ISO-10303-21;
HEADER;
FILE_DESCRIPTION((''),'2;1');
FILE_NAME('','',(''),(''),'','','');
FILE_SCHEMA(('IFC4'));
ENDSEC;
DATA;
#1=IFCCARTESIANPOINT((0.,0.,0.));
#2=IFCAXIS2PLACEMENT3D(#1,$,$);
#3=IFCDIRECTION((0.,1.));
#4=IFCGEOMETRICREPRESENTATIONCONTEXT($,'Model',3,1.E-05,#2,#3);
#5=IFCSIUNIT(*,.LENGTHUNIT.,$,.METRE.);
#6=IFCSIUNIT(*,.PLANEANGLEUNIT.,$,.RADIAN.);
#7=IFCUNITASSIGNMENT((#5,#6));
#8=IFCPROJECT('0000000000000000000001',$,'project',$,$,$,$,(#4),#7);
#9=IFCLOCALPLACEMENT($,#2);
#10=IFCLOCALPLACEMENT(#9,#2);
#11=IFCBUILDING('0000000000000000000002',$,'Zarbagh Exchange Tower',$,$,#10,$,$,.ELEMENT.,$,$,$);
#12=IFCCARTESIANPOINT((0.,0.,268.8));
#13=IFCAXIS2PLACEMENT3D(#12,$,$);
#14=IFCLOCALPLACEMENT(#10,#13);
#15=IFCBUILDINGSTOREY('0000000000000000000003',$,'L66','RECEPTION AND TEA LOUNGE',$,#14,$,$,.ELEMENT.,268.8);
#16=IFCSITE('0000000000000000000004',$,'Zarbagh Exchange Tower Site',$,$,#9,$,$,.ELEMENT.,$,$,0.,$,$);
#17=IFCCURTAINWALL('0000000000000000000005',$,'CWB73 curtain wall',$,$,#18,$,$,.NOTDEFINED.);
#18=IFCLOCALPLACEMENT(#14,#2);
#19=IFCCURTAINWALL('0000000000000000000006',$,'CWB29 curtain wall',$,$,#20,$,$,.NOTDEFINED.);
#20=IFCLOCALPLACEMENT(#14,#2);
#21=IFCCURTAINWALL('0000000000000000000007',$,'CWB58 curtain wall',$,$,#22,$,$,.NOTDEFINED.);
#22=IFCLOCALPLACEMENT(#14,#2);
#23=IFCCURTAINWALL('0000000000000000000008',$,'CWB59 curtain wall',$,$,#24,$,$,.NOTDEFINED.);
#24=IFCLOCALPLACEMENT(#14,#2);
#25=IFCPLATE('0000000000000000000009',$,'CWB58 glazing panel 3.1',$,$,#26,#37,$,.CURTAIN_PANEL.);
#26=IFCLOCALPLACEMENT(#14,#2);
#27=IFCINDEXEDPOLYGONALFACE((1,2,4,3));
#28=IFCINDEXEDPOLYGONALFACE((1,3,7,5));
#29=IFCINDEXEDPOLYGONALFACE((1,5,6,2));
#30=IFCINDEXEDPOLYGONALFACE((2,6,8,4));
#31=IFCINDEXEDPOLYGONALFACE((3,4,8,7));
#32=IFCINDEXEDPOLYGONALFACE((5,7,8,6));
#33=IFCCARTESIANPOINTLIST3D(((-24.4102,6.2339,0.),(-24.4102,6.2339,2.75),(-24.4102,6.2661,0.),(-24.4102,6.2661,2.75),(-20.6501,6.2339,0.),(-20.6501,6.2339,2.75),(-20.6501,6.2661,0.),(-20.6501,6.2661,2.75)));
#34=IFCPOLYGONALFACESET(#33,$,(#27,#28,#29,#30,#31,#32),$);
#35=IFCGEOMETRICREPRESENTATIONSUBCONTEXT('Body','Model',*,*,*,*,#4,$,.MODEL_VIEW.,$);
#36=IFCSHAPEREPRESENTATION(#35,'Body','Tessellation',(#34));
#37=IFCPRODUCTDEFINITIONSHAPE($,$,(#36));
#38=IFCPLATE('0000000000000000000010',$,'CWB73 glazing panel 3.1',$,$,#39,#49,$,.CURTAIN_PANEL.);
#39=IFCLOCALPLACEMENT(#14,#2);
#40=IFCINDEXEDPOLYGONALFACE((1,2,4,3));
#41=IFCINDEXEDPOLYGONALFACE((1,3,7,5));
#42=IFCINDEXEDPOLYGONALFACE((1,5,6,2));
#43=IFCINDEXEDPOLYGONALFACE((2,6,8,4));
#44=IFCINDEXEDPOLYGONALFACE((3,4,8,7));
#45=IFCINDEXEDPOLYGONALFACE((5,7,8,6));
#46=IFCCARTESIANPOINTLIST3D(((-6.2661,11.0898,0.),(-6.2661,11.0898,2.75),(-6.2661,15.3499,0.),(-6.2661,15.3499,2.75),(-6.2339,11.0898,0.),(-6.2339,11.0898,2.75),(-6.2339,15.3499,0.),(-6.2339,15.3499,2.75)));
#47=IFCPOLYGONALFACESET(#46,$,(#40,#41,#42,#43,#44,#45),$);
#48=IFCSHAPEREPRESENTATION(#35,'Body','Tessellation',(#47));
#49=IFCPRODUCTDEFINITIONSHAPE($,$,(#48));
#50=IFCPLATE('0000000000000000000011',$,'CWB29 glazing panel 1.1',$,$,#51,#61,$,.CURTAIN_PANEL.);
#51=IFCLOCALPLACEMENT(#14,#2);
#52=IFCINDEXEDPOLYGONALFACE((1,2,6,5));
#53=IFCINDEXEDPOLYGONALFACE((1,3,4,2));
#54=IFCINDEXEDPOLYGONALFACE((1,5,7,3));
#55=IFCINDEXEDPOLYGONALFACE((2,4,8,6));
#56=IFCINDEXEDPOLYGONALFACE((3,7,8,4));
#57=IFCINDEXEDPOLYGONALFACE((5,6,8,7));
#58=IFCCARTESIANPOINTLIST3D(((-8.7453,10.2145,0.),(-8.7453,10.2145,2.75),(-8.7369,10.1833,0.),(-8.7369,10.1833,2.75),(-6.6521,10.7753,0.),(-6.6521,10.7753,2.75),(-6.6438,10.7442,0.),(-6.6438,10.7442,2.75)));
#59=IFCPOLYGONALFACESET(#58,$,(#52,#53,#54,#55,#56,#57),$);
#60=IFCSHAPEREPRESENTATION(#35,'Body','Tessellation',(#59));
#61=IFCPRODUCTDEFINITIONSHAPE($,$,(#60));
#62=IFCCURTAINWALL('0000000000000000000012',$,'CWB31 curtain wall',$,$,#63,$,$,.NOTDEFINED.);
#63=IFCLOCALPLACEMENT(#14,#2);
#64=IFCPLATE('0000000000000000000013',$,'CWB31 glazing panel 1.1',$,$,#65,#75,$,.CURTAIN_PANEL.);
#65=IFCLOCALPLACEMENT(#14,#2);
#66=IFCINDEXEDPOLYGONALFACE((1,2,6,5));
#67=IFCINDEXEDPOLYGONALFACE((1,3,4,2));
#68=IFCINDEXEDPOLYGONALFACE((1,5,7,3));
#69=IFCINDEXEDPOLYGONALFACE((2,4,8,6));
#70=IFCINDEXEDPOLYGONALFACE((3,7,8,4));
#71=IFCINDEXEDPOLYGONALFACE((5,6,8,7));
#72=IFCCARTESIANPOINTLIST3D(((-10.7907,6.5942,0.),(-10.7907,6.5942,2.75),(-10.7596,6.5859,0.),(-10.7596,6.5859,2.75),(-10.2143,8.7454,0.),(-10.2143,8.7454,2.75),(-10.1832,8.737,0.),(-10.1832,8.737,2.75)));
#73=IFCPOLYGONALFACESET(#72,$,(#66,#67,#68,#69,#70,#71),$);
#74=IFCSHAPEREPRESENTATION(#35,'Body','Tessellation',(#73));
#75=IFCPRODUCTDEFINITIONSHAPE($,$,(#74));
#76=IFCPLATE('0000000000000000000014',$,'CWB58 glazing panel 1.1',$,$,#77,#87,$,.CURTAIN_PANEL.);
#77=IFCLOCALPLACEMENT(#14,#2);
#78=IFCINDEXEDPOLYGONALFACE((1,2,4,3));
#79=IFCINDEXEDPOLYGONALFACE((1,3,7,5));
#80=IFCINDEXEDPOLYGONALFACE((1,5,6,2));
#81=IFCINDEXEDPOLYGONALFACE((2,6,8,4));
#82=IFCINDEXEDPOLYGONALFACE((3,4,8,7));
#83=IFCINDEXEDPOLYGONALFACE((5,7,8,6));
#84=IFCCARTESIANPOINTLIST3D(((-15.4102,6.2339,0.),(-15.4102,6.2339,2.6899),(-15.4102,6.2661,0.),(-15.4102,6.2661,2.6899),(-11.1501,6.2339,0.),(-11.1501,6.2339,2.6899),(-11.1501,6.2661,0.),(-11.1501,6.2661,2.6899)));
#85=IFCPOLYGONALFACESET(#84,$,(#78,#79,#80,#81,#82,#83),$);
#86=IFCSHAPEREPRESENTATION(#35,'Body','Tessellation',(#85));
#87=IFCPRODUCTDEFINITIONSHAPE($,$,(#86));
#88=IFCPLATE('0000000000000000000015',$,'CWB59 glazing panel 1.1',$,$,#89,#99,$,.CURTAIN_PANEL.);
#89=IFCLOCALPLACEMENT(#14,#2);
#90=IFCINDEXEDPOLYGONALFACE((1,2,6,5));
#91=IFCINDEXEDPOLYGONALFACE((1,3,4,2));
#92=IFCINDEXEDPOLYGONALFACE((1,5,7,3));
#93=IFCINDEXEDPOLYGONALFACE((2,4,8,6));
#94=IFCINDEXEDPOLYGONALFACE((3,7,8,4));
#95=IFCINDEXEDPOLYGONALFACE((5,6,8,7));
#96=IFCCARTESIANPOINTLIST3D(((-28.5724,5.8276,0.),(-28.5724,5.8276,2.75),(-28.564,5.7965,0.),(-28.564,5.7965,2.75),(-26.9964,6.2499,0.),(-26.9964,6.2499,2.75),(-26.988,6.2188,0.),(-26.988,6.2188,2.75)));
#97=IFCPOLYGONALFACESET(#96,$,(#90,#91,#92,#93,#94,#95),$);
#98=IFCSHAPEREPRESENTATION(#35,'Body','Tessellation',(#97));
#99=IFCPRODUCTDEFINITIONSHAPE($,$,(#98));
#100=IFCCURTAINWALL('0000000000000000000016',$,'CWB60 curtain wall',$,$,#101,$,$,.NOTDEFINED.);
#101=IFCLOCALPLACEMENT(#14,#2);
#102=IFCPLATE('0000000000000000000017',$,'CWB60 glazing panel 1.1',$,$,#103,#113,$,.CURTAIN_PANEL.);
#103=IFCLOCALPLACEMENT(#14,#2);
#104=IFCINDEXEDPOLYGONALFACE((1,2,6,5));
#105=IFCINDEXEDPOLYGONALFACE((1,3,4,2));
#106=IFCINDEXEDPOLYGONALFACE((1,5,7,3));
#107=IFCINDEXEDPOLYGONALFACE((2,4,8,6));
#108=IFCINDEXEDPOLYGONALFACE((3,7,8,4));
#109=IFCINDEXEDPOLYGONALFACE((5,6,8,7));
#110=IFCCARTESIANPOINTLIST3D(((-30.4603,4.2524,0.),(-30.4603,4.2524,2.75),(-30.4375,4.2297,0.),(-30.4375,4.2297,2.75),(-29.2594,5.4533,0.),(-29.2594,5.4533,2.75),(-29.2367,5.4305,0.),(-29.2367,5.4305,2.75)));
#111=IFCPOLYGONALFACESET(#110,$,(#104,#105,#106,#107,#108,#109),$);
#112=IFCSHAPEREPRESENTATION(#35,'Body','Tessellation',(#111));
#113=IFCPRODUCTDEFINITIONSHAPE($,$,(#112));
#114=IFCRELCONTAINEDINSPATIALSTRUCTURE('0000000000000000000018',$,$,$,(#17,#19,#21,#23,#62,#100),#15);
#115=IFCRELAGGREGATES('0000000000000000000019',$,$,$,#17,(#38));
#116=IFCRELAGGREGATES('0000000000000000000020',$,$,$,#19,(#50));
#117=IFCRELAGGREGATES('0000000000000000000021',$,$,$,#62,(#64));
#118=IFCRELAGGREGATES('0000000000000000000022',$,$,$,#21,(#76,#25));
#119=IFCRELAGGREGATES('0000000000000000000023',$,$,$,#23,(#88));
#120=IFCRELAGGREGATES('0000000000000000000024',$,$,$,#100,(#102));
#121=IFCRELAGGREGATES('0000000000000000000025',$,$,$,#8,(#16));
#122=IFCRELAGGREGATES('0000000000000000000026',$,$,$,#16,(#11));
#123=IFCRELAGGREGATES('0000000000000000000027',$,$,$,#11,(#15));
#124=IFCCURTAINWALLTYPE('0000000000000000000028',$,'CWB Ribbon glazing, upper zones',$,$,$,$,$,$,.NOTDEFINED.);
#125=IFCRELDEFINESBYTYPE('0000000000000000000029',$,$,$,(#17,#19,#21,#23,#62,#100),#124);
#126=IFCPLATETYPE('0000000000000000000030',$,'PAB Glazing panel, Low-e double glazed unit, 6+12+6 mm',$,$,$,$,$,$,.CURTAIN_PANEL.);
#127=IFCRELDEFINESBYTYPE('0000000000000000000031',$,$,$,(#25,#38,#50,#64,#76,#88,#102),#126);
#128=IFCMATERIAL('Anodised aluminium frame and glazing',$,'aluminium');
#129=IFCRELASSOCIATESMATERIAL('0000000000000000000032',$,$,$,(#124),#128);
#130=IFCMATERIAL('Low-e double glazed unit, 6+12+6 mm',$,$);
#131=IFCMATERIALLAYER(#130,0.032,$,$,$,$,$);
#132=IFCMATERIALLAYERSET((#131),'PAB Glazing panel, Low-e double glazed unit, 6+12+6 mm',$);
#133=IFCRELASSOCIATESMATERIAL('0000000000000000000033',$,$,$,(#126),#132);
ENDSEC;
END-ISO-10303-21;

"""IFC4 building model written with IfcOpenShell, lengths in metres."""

from ifc_helpers import new_model, si_unit, direction, frame, origin, place, context, subcontext, project, spatial, polyline, outline, extrude, source, transform, mapped, material, layer, layer_set, type_object, element, aggregate, save


model = new_model("IFC4")

# Units and contexts
model_context = context("Model", 3, precision=1e-05, world=origin(), true_north=direction((0.0, 1.0)))
body_context = subcontext(model_context, "Body", "Model", "MODEL_VIEW")
ifc_project = project(units=[si_unit("LENGTHUNIT", "METRE"), si_unit("PLANEANGLEUNIT", "RADIAN")], contexts=[model_context])

# Site, building, storey
site_placement = place(None, origin())
site = spatial("IfcSite", under=ifc_project, at=site_placement, Name="Zarbagh Exchange Tower Site", CompositionType="ELEMENT", RefElevation=0.0)
building_placement = place(site_placement, origin())
building = spatial("IfcBuilding", under=site, at=building_placement, Name="Zarbagh Exchange Tower", CompositionType="ELEMENT")
storey_placement = place(building_placement, frame((0.0, 0.0, 268.8)))
storey = spatial("IfcBuildingStorey", under=building, at=storey_placement, Name="L66", Description="RECEPTION AND TEA LOUNGE", CompositionType="ELEMENT", Elevation=268.8)

# Curtain walls
ifc_material_1 = material(Name="Anodised aluminium frame and glazing", Category="aluminium")
curtain_wall_type = type_object("IfcCurtainWallType", Name="CWB Ribbon glazing, upper zones", PredefinedType="NOTDEFINED", material=ifc_material_1)
curtain_wall_1_placement = place(storey_placement, origin())
curtain_wall_1 = element("IfcCurtainWall", 1, at=curtain_wall_1_placement, inside=storey, type_object=curtain_wall_type, Name="CWB73 curtain wall", PredefinedType="NOTDEFINED")
placement = place(storey_placement, origin())
curtain_wall_2_placement = place(storey_placement, origin())
curtain_wall_2 = element("IfcCurtainWall", 2, at=curtain_wall_2_placement, inside=storey, type_object=curtain_wall_type, Name="CWB29 curtain wall", PredefinedType="NOTDEFINED")

# Curtain wall
curtain_wall_3_placement = place(storey_placement, origin())
curtain_wall_3 = element("IfcCurtainWall", 3, at=curtain_wall_3_placement, inside=storey, type_object=curtain_wall_type, Name="CWB58 curtain wall", PredefinedType="NOTDEFINED")

# Curtain wall
curtain_wall_4_placement = place(storey_placement, origin())
curtain_wall_4 = element("IfcCurtainWall", 4, at=curtain_wall_4_placement, inside=storey, type_object=curtain_wall_type, Name="CWB59 curtain wall", PredefinedType="NOTDEFINED")

# Shared definitions
ifc_material_2 = material(Name="Low-e double glazed unit, 6+12+6 mm")
ifc_layer = layer(ifc_material_2, 0.032)
ifc_layer_set = layer_set([ifc_layer], Name="PAB Glazing panel, Low-e double glazed unit, 6+12+6 mm")
plate_type = type_object("IfcPlateType", Name="PAB Glazing panel, Low-e double glazed unit, 6+12+6 mm", PredefinedType="CURTAIN_PANEL", material=ifc_layer_set)

# Plates
shared_shape_1 = source(origin(), body_context, "Body", "SweptSolid", [
    extrude(outline(polyline([(0.0, -0.0161), (3.76, -0.0161), (3.76, 0.0161), (0.0, 0.0161), (0.0, -0.0161)])), origin(), (0.0, 0.0, 1.0), 2.75),
])
plate_1 = element("IfcPlate", 5, at=placement, type_object=plate_type, Name="CWB58 glazing panel 3.1", PredefinedType="CURTAIN_PANEL", context=body_context, shape_type="MappedRepresentation", body=[
    mapped(shared_shape_1, transform((-20.6501, 6.25, 0.0), x_axis=(-1.0, 0.0, 0.0), y_axis=(0.0, -1.0, 0.0), z_axis=(0.0, 0.0, 1.0))),
])
shared_shape_2 = source(origin(), body_context, "Body", "SweptSolid", [
    extrude(outline(polyline([(0.0, -0.0161), (4.26, -0.0161), (4.26, 0.0161), (0.0, 0.0161), (0.0, -0.0161)])), origin(), (0.0, 0.0, 1.0), 2.75),
])
plate_2 = element("IfcPlate", 6, at=placement, type_object=plate_type, Name="CWB73 glazing panel 3.1", PredefinedType="CURTAIN_PANEL", context=body_context, shape_type="MappedRepresentation", body=[
    mapped(shared_shape_2, transform((-6.25, 15.3499, 0.0), x_axis=(0.0, -1.0, 0.0), y_axis=(1.0, 0.0, 0.0), z_axis=(0.0, 0.0, 1.0))),
])
aggregate(curtain_wall_1, [plate_2])
shared_shape_3 = source(origin(), body_context, "Body", "SweptSolid", [
    extrude(outline(polyline([(0.0, -0.0161), (2.167, -0.0161), (2.167, 0.0161), (0.0, 0.0161), (0.0, -0.0161)])), origin(), (0.0, 0.0, 1.0), 2.75),
])
plate_3 = element("IfcPlate", 7, at=placement, type_object=plate_type, Name="CWB29 glazing panel 1.1", PredefinedType="CURTAIN_PANEL", context=body_context, shape_type="MappedRepresentation", body=[
    mapped(shared_shape_3, transform((-6.6479, 10.7598, 0.0), x_axis=(-0.965924, -0.258825, 0.0), y_axis=(0.258825, -0.965924, 0.0), z_axis=(0.0, 0.0, 1.0))),
])
aggregate(curtain_wall_2, [plate_3])

# Curtain wall, plate
curtain_wall_5_placement = place(storey_placement, origin())
curtain_wall_5 = element("IfcCurtainWall", 8, at=curtain_wall_5_placement, inside=storey, type_object=curtain_wall_type, Name="CWB31 curtain wall", PredefinedType="NOTDEFINED")
shared_shape_4 = source(origin(), body_context, "Body", "SweptSolid", [
    extrude(outline(polyline([(0.0, -0.0161), (2.2271, -0.0161), (2.2271, 0.0161), (0.0, 0.0161), (0.0, -0.0161)])), origin(), (0.0, 0.0, 1.0), 2.75),
])
plate_4 = element("IfcPlate", 9, at=placement, type_object=plate_type, Name="CWB31 glazing panel 1.1", PredefinedType="CURTAIN_PANEL", context=body_context, shape_type="MappedRepresentation", body=[
    mapped(shared_shape_4, transform((-10.1987, 8.7412, 0.0), x_axis=(-0.258825, -0.965924, 0.0), y_axis=(0.965924, -0.258825, 0.0), z_axis=(0.0, 0.0, 1.0))),
])
aggregate(curtain_wall_5, [plate_4])

# Plates
shared_shape_5 = source(origin(), body_context, "Body", "SweptSolid", [
    extrude(outline(polyline([(0.0, -0.0161), (4.26, -0.0161), (4.26, 0.0161), (0.0, 0.0161), (0.0, -0.0161)])), origin(), (0.0, 0.0, 1.0), 2.6899),
])
plate_5 = element("IfcPlate", 10, at=placement, type_object=plate_type, Name="CWB58 glazing panel 1.1", PredefinedType="CURTAIN_PANEL", context=body_context, shape_type="MappedRepresentation", body=[
    mapped(shared_shape_5, transform((-11.1501, 6.25, 0.0), x_axis=(-1.0, 0.0, 0.0), y_axis=(0.0, -1.0, 0.0), z_axis=(0.0, 0.0, 1.0))),
])
aggregate(curtain_wall_3, [plate_5, plate_1])
shared_shape_6 = source(origin(), body_context, "Body", "SweptSolid", [
    extrude(outline(polyline([(0.0, -0.0161), (1.6316, -0.0161), (1.6316, 0.0161), (0.0, 0.0161), (0.0, -0.0161)])), origin(), (0.0, 0.0, 1.0), 2.75),
])
plate_6 = element("IfcPlate", 11, at=placement, type_object=plate_type, Name="CWB59 glazing panel 1.1", PredefinedType="CURTAIN_PANEL", context=body_context, shape_type="MappedRepresentation", body=[
    mapped(shared_shape_6, transform((-26.9922, 6.2344, 0.0), x_axis=(-0.965924, -0.258825, 0.0), y_axis=(0.258825, -0.965924, 0.0), z_axis=(0.0, 0.0, 1.0))),
])
aggregate(curtain_wall_4, [plate_6])

# Curtain wall, plate
curtain_wall_6_placement = place(storey_placement, origin())
curtain_wall_6 = element("IfcCurtainWall", 12, at=curtain_wall_6_placement, inside=storey, type_object=curtain_wall_type, Name="CWB60 curtain wall", PredefinedType="NOTDEFINED")
shared_shape_7 = source(origin(), body_context, "Body", "SweptSolid", [
    extrude(outline(polyline([(0.0, -0.0161), (1.6982, -0.0161), (1.6982, 0.0161), (0.0, 0.0161), (0.0, -0.0161)])), origin(), (0.0, 0.0, 1.0), 2.75),
])
plate_7 = element("IfcPlate", 13, at=placement, type_object=plate_type, Name="CWB60 glazing panel 1.1", PredefinedType="CURTAIN_PANEL", context=body_context, shape_type="MappedRepresentation", body=[
    mapped(shared_shape_7, transform((-29.248, 5.4419, 0.0), x_axis=(-0.707107, -0.707107, 0.0), y_axis=(0.707107, -0.707107, 0.0), z_axis=(0.0, 0.0, 1.0))),
])
aggregate(curtain_wall_6, [plate_7])

save(model, "model.ifc")
